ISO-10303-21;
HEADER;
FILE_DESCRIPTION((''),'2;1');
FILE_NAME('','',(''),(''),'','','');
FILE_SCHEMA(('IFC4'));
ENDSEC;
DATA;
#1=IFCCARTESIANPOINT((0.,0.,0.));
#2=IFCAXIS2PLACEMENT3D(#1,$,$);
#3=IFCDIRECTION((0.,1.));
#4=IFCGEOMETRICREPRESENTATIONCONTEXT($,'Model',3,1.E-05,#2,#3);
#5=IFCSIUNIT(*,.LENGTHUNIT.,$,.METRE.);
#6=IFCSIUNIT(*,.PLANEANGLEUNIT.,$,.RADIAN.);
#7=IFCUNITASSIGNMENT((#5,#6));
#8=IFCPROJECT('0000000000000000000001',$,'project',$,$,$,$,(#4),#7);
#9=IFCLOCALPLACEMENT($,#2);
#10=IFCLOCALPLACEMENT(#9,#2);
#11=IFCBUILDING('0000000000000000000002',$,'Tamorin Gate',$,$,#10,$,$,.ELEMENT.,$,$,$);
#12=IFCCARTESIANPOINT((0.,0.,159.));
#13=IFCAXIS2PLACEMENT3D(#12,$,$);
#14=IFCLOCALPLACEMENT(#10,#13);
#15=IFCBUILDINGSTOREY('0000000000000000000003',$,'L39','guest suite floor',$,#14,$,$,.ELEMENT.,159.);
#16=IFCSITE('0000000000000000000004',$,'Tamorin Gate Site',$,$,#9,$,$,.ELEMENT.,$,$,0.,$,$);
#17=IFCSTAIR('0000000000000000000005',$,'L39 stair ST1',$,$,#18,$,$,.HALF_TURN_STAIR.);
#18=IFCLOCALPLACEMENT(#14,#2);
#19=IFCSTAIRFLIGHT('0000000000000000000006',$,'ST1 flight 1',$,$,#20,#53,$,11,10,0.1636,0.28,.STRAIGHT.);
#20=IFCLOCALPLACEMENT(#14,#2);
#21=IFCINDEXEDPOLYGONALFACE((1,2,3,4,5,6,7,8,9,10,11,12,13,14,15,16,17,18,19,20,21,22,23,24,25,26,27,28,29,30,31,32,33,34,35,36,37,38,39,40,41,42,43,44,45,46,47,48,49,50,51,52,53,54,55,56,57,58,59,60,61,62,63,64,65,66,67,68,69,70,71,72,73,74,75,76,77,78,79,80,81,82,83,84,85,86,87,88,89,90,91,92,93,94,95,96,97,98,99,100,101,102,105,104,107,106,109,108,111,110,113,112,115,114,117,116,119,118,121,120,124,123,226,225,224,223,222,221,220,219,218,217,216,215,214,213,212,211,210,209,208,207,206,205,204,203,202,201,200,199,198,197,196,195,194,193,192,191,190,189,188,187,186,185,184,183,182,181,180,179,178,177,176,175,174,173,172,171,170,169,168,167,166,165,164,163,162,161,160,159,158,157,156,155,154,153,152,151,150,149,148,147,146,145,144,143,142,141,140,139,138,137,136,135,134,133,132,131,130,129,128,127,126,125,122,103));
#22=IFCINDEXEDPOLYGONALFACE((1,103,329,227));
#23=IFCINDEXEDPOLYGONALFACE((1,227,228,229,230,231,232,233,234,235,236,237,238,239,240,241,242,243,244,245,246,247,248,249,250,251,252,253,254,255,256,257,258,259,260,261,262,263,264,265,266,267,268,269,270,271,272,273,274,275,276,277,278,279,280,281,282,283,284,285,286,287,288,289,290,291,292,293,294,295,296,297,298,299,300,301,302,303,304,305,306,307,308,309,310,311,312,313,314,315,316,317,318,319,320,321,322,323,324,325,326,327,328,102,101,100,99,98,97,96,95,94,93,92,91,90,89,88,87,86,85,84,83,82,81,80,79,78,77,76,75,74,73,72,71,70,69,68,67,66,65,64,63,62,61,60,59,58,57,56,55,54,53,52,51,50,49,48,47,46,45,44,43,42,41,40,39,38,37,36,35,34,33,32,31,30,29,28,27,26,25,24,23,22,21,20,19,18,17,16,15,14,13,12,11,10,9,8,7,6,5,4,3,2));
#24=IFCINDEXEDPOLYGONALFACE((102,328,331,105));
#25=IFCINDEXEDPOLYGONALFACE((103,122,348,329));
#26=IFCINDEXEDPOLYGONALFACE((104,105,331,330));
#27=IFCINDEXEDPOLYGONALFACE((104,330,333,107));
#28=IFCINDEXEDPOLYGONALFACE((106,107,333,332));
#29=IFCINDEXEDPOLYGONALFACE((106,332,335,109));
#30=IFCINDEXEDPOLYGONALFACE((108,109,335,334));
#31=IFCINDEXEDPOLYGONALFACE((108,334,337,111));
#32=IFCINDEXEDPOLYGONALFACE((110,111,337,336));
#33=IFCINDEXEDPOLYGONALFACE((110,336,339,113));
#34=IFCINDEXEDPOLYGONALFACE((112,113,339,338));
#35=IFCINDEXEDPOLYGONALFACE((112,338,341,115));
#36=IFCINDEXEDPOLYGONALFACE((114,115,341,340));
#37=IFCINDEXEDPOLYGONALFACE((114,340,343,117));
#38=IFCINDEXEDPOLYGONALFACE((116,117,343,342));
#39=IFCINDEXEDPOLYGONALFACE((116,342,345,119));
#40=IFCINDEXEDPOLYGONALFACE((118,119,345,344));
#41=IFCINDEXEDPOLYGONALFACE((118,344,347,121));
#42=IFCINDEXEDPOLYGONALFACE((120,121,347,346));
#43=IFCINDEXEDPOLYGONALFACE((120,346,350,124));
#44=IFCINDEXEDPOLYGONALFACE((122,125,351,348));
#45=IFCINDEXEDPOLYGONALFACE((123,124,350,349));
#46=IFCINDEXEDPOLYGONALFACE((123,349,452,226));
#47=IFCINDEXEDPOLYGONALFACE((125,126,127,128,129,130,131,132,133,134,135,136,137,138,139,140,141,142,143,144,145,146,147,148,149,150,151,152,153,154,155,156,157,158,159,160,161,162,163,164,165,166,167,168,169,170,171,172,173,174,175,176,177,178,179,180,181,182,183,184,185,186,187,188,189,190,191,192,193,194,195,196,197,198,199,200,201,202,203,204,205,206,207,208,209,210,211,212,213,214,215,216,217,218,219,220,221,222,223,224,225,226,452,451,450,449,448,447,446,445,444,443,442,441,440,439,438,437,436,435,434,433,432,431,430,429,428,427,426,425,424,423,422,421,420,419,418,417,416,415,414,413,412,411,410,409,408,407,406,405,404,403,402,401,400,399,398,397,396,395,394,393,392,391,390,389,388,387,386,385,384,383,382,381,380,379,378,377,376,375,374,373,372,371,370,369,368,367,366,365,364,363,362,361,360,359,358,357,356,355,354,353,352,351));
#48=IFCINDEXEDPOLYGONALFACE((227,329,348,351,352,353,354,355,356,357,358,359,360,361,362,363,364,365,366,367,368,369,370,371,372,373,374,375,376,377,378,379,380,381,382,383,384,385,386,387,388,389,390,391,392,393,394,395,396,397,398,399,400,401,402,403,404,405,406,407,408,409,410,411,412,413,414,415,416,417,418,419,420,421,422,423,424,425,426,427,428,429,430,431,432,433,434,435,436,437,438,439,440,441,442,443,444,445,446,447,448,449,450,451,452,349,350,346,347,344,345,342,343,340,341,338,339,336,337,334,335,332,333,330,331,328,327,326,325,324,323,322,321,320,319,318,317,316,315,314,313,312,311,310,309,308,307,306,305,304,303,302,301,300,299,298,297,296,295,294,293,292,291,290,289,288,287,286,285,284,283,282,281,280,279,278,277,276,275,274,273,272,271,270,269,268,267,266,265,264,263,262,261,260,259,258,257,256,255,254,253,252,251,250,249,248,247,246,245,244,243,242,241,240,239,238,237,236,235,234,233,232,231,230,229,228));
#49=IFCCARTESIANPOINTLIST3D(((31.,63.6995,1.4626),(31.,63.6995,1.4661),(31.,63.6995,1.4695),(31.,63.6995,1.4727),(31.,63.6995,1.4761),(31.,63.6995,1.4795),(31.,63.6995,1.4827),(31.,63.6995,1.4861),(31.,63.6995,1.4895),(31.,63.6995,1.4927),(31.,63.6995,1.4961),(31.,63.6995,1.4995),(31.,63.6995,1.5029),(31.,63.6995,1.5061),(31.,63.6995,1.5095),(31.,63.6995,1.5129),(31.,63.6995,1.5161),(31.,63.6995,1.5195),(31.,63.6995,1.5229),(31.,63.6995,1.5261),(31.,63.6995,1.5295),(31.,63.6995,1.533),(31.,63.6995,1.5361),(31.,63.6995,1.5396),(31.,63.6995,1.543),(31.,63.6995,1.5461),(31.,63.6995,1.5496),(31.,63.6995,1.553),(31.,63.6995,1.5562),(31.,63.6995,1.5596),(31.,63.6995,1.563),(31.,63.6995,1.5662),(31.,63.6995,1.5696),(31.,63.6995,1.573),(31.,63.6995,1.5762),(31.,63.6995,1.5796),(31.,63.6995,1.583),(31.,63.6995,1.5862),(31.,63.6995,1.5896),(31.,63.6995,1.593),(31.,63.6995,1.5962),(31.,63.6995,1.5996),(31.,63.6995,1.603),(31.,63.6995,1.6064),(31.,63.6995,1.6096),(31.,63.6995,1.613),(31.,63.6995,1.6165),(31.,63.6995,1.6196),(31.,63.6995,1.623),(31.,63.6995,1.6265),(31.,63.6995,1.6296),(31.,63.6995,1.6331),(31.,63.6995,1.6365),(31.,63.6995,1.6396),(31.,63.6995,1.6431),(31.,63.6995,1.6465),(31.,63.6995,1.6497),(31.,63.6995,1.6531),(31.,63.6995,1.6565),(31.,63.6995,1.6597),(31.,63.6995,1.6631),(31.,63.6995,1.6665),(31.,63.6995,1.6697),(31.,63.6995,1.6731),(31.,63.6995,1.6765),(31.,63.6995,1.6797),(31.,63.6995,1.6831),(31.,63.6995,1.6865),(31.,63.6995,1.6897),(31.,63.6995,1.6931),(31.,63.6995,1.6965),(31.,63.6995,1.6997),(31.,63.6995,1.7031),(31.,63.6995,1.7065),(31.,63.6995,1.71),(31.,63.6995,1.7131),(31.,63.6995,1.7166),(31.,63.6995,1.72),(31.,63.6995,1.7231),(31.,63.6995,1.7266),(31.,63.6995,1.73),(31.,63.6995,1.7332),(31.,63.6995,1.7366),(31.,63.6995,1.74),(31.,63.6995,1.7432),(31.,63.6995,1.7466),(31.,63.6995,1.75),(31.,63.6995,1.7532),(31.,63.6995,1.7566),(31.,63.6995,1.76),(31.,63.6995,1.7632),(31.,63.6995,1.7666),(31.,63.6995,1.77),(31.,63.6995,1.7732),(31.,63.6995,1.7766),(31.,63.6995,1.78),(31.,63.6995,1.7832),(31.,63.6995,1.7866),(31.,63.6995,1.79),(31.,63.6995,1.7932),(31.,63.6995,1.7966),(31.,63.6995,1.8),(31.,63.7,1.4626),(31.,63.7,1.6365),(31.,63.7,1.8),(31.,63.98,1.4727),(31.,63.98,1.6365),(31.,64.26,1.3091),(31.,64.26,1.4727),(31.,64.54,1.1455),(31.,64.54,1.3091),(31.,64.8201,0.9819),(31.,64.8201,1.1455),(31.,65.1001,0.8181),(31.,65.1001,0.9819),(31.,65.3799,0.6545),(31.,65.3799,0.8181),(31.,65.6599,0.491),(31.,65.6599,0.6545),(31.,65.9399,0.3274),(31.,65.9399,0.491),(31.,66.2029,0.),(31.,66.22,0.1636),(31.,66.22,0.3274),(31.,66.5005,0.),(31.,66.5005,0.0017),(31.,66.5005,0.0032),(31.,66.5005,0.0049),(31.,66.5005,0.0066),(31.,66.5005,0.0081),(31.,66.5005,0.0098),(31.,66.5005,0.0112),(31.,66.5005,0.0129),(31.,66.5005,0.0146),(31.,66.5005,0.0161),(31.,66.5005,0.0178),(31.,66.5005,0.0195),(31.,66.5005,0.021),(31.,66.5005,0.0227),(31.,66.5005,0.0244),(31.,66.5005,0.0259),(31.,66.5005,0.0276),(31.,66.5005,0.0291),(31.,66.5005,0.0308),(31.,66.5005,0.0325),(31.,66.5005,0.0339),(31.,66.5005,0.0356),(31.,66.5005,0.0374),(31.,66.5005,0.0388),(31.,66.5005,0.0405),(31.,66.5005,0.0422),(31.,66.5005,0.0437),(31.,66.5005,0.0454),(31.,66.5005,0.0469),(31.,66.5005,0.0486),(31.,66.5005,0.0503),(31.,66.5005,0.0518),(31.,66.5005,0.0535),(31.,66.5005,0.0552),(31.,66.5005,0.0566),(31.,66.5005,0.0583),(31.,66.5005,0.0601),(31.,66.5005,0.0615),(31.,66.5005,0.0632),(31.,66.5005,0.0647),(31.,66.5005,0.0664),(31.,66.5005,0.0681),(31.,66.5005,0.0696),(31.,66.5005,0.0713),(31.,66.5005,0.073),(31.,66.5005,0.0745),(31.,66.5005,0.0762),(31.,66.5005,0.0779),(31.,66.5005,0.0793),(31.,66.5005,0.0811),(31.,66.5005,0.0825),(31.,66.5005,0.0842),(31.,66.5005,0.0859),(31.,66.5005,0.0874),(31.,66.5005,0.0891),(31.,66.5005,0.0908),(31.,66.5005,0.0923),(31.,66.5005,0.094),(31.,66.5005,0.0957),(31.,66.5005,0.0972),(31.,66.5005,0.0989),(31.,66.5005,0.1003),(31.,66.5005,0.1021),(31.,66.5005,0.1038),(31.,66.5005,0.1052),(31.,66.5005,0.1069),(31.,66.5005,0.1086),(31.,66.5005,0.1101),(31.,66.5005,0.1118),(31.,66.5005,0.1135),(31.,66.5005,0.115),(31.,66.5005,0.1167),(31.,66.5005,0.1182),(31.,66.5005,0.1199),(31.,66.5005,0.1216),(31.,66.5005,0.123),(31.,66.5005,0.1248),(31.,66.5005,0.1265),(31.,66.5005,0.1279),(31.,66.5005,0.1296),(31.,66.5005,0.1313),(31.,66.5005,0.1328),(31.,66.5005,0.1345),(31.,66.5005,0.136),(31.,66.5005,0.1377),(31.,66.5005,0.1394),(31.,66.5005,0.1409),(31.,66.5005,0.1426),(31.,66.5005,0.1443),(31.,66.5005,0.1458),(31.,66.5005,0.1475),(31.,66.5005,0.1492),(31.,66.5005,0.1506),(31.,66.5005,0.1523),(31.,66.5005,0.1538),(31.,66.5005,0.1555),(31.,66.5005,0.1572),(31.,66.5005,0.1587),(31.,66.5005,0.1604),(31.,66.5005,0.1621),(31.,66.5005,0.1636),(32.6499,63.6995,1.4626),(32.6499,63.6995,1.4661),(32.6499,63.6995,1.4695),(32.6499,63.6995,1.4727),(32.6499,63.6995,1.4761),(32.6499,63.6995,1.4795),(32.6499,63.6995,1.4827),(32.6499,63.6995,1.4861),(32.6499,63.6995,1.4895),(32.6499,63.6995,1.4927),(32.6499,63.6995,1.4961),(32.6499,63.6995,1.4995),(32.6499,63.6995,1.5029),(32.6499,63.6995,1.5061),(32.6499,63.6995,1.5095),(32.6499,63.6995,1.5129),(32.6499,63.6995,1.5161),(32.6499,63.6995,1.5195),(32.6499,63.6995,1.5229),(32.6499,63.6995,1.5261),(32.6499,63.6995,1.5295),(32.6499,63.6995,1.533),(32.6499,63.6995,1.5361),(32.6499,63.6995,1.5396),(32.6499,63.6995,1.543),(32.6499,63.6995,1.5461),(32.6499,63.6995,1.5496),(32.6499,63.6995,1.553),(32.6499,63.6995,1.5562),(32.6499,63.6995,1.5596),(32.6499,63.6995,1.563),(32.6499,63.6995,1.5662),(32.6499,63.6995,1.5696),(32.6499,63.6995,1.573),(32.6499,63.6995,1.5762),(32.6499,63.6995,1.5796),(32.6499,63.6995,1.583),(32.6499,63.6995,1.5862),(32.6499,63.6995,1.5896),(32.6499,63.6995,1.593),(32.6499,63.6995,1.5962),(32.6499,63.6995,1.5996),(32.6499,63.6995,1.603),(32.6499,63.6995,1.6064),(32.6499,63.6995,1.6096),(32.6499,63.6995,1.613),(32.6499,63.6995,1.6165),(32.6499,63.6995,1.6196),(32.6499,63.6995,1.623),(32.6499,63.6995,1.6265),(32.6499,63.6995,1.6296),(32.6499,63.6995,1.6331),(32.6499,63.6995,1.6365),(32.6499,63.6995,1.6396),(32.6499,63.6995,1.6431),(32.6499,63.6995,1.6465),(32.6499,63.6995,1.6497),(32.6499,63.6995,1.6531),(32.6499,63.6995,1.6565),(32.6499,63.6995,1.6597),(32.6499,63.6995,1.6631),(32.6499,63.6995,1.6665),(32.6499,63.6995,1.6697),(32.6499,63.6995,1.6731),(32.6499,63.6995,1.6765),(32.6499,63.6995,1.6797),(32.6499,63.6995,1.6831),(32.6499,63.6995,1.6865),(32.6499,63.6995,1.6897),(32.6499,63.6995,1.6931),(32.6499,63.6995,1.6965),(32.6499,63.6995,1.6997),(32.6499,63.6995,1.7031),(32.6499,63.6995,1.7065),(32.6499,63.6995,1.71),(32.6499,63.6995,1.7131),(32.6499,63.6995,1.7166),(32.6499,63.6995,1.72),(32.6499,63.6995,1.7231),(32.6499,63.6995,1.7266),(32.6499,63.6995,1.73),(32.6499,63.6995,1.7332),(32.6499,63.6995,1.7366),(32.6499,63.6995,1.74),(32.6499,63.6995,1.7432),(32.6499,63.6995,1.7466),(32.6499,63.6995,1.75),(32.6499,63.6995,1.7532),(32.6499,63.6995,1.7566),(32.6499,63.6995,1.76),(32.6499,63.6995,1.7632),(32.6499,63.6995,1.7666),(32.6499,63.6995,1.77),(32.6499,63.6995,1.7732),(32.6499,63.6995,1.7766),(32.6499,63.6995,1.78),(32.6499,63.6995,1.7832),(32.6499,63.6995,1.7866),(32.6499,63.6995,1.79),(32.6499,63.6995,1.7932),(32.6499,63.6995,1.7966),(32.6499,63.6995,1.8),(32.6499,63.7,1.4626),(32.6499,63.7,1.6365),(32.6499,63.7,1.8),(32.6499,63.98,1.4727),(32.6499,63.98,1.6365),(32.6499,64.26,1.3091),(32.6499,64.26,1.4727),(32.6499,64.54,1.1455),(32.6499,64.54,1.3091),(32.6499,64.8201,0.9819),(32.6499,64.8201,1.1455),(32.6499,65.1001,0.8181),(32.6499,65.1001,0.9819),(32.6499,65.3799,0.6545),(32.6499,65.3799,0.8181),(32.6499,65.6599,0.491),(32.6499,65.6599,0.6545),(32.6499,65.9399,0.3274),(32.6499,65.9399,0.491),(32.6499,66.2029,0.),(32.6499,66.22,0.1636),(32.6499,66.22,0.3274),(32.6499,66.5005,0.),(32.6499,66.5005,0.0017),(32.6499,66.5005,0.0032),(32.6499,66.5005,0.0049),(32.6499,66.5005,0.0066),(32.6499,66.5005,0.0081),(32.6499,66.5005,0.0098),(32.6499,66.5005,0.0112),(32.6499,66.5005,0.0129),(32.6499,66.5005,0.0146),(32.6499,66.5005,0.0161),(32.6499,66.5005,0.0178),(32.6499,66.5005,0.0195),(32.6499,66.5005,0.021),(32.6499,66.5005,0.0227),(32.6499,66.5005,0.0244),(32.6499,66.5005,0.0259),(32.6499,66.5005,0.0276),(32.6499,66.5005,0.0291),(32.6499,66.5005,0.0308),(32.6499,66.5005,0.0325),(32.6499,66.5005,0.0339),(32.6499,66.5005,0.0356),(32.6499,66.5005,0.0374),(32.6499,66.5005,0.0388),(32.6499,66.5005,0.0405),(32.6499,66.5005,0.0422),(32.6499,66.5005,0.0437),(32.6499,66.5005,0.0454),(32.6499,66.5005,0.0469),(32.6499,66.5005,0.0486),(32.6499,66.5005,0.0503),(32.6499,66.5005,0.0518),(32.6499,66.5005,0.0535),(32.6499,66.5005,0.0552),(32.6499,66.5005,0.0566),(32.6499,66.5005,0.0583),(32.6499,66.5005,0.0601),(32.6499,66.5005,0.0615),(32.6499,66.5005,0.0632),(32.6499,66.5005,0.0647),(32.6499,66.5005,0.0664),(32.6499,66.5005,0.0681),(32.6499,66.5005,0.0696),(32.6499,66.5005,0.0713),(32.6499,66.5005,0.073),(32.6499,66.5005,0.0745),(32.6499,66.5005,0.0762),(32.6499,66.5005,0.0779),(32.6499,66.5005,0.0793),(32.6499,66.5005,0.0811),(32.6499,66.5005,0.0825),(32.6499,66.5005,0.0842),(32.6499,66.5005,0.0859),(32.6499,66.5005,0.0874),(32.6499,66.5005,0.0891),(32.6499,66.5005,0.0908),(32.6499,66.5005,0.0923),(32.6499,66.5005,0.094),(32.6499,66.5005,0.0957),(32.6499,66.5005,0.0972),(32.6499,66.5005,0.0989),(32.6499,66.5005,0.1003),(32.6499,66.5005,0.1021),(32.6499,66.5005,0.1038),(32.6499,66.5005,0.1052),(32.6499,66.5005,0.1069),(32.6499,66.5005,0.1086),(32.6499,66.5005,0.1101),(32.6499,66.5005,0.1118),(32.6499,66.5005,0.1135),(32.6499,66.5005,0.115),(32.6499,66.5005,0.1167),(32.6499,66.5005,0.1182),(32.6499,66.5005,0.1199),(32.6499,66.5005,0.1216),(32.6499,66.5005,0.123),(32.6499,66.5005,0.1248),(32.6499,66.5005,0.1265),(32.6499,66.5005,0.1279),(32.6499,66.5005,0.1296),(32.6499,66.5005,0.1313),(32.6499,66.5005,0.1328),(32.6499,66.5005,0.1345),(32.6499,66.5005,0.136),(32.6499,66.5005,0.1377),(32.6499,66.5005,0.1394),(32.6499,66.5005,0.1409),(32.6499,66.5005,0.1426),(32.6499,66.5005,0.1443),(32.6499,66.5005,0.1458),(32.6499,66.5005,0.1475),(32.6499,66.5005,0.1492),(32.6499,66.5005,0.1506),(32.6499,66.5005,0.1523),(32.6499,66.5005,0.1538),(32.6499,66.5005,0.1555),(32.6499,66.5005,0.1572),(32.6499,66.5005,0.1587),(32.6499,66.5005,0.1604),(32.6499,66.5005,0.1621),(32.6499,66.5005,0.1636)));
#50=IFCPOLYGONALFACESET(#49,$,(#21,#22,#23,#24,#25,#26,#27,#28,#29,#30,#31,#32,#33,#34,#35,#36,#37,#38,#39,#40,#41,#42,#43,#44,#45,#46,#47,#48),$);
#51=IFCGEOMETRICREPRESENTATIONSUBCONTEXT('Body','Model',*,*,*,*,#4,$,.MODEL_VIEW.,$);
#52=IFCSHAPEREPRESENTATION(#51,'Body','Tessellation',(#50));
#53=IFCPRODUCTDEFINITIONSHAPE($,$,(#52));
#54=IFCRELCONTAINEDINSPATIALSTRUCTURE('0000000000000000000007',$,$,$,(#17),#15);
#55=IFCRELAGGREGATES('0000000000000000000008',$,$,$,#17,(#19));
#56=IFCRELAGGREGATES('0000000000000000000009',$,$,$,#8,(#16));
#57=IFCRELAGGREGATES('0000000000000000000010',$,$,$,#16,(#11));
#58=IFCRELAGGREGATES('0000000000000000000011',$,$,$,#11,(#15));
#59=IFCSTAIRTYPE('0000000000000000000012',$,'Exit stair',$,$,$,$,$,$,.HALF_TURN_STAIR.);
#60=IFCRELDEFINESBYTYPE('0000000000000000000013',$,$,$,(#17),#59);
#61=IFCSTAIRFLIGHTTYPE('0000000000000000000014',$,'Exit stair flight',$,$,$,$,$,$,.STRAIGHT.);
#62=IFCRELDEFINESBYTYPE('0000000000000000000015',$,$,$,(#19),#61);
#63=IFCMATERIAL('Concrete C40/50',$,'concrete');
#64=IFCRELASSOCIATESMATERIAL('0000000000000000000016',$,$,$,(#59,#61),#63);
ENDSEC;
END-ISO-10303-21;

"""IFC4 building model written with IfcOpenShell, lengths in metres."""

from ifc_helpers import new_model, si_unit, direction, frame, origin, place, context, subcontext, project, spatial, polyline, outline, extrude, material, type_object, element, aggregate, save


model = new_model("IFC4")

# Units and contexts
model_context = context("Model", 3, precision=1e-05, world=origin(), true_north=direction((0.0, 1.0)))
body_context = subcontext(model_context, "Body", "Model", "MODEL_VIEW")
ifc_project = project(units=[si_unit("LENGTHUNIT", "METRE"), si_unit("PLANEANGLEUNIT", "RADIAN")], contexts=[model_context])

# Site, building, storey
site_placement = place(None, origin())
site = spatial("IfcSite", under=ifc_project, at=site_placement, Name="Tamorin Gate Site", CompositionType="ELEMENT", RefElevation=0.0)
building_placement = place(site_placement, origin())
building = spatial("IfcBuilding", under=site, at=building_placement, Name="Tamorin Gate", CompositionType="ELEMENT")
storey_placement = place(building_placement, frame((0.0, 0.0, 159.0)))
storey = spatial("IfcBuildingStorey", under=building, at=storey_placement, Name="L39", Description="guest suite floor", CompositionType="ELEMENT", Elevation=159.0)

# Shared definitions
ifc_material_1 = material(Name="Concrete C40/50", Category="concrete")

# Stair, stair flight
stair_type = type_object("IfcStairType", Name="Exit stair", PredefinedType="HALF_TURN_STAIR", material=ifc_material_1)
stair_1_placement = place(storey_placement, origin())
stair_1 = element("IfcStair", 1, at=stair_1_placement, inside=storey, type_object=stair_type, Name="L39 stair ST1", PredefinedType="HALF_TURN_STAIR")
stair_flight_type = type_object("IfcStairFlightType", Name="Exit stair flight", PredefinedType="STRAIGHT", material=ifc_material_1)
stair_flight_1_placement = place(storey_placement, frame((31.825, 66.5, 0.0), z_axis=(0.0, 0.0, 1.0), x_axis=(0.0, -1.0, 0.0)))
stair_flight_1 = element("IfcStairFlight", 2, at=stair_flight_1_placement, type_object=stair_flight_type, Name="ST1 flight 1", NumberOfRisers=11, NumberOfTreads=10, PredefinedType="STRAIGHT", RiserHeight=0.1636, TreadLength=0.28, context=body_context, shape_type="SweptSolid", body=[
    extrude(outline(polyline([(-0.0005, 0.0), (-0.0005, 0.0017), (-0.0005, 0.0032), (-0.0005, 0.0049), (-0.0005, 0.0066), (-0.0005, 0.0081), (-0.0005, 0.0098), (-0.0005, 0.0112), (-0.0005, 0.0129), (-0.0005, 0.0146), (-0.0005, 0.0161), (-0.0005, 0.0178), (-0.0005, 0.0195), (-0.0005, 0.021), (-0.0005, 0.0227), (-0.0005, 0.0244), (-0.0005, 0.0259), (-0.0005, 0.0276), (-0.0005, 0.0291), (-0.0005, 0.0308), (-0.0005, 0.0325), (-0.0005, 0.0339), (-0.0005, 0.0356), (-0.0005, 0.0374), (-0.0005, 0.0388), (-0.0005, 0.0405), (-0.0005, 0.0422), (-0.0005, 0.0437), (-0.0005, 0.0454), (-0.0005, 0.0469), (-0.0005, 0.0486), (-0.0005, 0.0503), (-0.0005, 0.0518), (-0.0005, 0.0535), (-0.0005, 0.0552), (-0.0005, 0.0566), (-0.0005, 0.0583), (-0.0005, 0.0601), (-0.0005, 0.0615), (-0.0005, 0.0632), (-0.0005, 0.0647), (-0.0005, 0.0664), (-0.0005, 0.0681), (-0.0005, 0.0696), (-0.0005, 0.0713), (-0.0005, 0.073), (-0.0005, 0.0745), (-0.0005, 0.0762), (-0.0005, 0.0779), (-0.0005, 0.0793), (-0.0005, 0.0811), (-0.0005, 0.0825), (-0.0005, 0.0842), (-0.0005, 0.0859), (-0.0005, 0.0874), (-0.0005, 0.0891), (-0.0005, 0.0908), (-0.0005, 0.0923), (-0.0005, 0.094), (-0.0005, 0.0957), (-0.0005, 0.0972), (-0.0005, 0.0989), (-0.0005, 0.1003), (-0.0005, 0.1021), (-0.0005, 0.1038), (-0.0005, 0.1052), (-0.0005, 0.1069), (-0.0005, 0.1086), (-0.0005, 0.1101), (-0.0005, 0.1118), (-0.0005, 0.1135), (-0.0005, 0.115), (-0.0005, 0.1167), (-0.0005, 0.1182), (-0.0005, 0.1199), (-0.0005, 0.1216), (-0.0005, 0.123), (-0.0005, 0.1248), (-0.0005, 0.1265), (-0.0005, 0.1279), (-0.0005, 0.1296), (-0.0005, 0.1313), (-0.0005, 0.1328), (-0.0005, 0.1345), (-0.0005, 0.136), (-0.0005, 0.1377), (-0.0005, 0.1394), (-0.0005, 0.1409), (-0.0005, 0.1426), (-0.0005, 0.1443), (-0.0005, 0.1458), (-0.0005, 0.1475), (-0.0005, 0.1492), (-0.0005, 0.1506), (-0.0005, 0.1523), (-0.0005, 0.1538), (-0.0005, 0.1555), (-0.0005, 0.1572), (-0.0005, 0.1587), (-0.0005, 0.1604), (-0.0005, 0.1621), (-0.0005, 0.1636), (0.28, 0.1636), (0.28, 0.3274), (0.5601, 0.3274), (0.5601, 0.491), (0.8401, 0.491), (0.8401, 0.6545), (1.1201, 0.6545), (1.1201, 0.8181), (1.3999, 0.8181), (1.3999, 0.9819), (1.6799, 0.9819), (1.6799, 1.1455), (1.96, 1.1455), (1.96, 1.3091), (2.24, 1.3091), (2.24, 1.4727), (2.52, 1.4727), (2.52, 1.6365), (2.8, 1.6365), (2.8, 1.8), (2.8005, 1.8), (2.8005, 1.7966), (2.8005, 1.7932), (2.8005, 1.79), (2.8005, 1.7866), (2.8005, 1.7832), (2.8005, 1.78), (2.8005, 1.7766), (2.8005, 1.7732), (2.8005, 1.77), (2.8005, 1.7666), (2.8005, 1.7632), (2.8005, 1.76), (2.8005, 1.7566), (2.8005, 1.7532), (2.8005, 1.75), (2.8005, 1.7466), (2.8005, 1.7432), (2.8005, 1.74), (2.8005, 1.7366), (2.8005, 1.7332), (2.8005, 1.73), (2.8005, 1.7266), (2.8005, 1.7231), (2.8005, 1.72), (2.8005, 1.7166), (2.8005, 1.7131), (2.8005, 1.71), (2.8005, 1.7065), (2.8005, 1.7031), (2.8005, 1.6997), (2.8005, 1.6965), (2.8005, 1.6931), (2.8005, 1.6897), (2.8005, 1.6865), (2.8005, 1.6831), (2.8005, 1.6797), (2.8005, 1.6765), (2.8005, 1.6731), (2.8005, 1.6697), (2.8005, 1.6665), (2.8005, 1.6631), (2.8005, 1.6597), (2.8005, 1.6565), (2.8005, 1.6531), (2.8005, 1.6497), (2.8005, 1.6465), (2.8005, 1.6431), (2.8005, 1.6396), (2.8005, 1.6365), (2.8005, 1.6331), (2.8005, 1.6296), (2.8005, 1.6265), (2.8005, 1.623), (2.8005, 1.6196), (2.8005, 1.6165), (2.8005, 1.613), (2.8005, 1.6096), (2.8005, 1.6064), (2.8005, 1.603), (2.8005, 1.5996), (2.8005, 1.5962), (2.8005, 1.593), (2.8005, 1.5896), (2.8005, 1.5862), (2.8005, 1.583), (2.8005, 1.5796), (2.8005, 1.5762), (2.8005, 1.573), (2.8005, 1.5696), (2.8005, 1.5662), (2.8005, 1.563), (2.8005, 1.5596), (2.8005, 1.5562), (2.8005, 1.553), (2.8005, 1.5496), (2.8005, 1.5461), (2.8005, 1.543), (2.8005, 1.5396), (2.8005, 1.5361), (2.8005, 1.533), (2.8005, 1.5295), (2.8005, 1.5261), (2.8005, 1.5229), (2.8005, 1.5195), (2.8005, 1.5161), (2.8005, 1.5129), (2.8005, 1.5095), (2.8005, 1.5061), (2.8005, 1.5029), (2.8005, 1.4995), (2.8005, 1.4961), (2.8005, 1.4927), (2.8005, 1.4895), (2.8005, 1.4861), (2.8005, 1.4827), (2.8005, 1.4795), (2.8005, 1.4761), (2.8005, 1.4727), (2.8005, 1.4695), (2.8005, 1.4661), (2.8005, 1.4626), (2.8, 1.4626), (0.2971, 0.0), (-0.0005, 0.0)])), frame((0.0, 0.825, 0.0), z_axis=(0.0, -1.0, 0.0), x_axis=(1.0, 0.0, 0.0)), (0.0, 0.0, 1.0), 1.6499),
])
aggregate(stair_1, [stair_flight_1])

save(model, "model.ifc")
